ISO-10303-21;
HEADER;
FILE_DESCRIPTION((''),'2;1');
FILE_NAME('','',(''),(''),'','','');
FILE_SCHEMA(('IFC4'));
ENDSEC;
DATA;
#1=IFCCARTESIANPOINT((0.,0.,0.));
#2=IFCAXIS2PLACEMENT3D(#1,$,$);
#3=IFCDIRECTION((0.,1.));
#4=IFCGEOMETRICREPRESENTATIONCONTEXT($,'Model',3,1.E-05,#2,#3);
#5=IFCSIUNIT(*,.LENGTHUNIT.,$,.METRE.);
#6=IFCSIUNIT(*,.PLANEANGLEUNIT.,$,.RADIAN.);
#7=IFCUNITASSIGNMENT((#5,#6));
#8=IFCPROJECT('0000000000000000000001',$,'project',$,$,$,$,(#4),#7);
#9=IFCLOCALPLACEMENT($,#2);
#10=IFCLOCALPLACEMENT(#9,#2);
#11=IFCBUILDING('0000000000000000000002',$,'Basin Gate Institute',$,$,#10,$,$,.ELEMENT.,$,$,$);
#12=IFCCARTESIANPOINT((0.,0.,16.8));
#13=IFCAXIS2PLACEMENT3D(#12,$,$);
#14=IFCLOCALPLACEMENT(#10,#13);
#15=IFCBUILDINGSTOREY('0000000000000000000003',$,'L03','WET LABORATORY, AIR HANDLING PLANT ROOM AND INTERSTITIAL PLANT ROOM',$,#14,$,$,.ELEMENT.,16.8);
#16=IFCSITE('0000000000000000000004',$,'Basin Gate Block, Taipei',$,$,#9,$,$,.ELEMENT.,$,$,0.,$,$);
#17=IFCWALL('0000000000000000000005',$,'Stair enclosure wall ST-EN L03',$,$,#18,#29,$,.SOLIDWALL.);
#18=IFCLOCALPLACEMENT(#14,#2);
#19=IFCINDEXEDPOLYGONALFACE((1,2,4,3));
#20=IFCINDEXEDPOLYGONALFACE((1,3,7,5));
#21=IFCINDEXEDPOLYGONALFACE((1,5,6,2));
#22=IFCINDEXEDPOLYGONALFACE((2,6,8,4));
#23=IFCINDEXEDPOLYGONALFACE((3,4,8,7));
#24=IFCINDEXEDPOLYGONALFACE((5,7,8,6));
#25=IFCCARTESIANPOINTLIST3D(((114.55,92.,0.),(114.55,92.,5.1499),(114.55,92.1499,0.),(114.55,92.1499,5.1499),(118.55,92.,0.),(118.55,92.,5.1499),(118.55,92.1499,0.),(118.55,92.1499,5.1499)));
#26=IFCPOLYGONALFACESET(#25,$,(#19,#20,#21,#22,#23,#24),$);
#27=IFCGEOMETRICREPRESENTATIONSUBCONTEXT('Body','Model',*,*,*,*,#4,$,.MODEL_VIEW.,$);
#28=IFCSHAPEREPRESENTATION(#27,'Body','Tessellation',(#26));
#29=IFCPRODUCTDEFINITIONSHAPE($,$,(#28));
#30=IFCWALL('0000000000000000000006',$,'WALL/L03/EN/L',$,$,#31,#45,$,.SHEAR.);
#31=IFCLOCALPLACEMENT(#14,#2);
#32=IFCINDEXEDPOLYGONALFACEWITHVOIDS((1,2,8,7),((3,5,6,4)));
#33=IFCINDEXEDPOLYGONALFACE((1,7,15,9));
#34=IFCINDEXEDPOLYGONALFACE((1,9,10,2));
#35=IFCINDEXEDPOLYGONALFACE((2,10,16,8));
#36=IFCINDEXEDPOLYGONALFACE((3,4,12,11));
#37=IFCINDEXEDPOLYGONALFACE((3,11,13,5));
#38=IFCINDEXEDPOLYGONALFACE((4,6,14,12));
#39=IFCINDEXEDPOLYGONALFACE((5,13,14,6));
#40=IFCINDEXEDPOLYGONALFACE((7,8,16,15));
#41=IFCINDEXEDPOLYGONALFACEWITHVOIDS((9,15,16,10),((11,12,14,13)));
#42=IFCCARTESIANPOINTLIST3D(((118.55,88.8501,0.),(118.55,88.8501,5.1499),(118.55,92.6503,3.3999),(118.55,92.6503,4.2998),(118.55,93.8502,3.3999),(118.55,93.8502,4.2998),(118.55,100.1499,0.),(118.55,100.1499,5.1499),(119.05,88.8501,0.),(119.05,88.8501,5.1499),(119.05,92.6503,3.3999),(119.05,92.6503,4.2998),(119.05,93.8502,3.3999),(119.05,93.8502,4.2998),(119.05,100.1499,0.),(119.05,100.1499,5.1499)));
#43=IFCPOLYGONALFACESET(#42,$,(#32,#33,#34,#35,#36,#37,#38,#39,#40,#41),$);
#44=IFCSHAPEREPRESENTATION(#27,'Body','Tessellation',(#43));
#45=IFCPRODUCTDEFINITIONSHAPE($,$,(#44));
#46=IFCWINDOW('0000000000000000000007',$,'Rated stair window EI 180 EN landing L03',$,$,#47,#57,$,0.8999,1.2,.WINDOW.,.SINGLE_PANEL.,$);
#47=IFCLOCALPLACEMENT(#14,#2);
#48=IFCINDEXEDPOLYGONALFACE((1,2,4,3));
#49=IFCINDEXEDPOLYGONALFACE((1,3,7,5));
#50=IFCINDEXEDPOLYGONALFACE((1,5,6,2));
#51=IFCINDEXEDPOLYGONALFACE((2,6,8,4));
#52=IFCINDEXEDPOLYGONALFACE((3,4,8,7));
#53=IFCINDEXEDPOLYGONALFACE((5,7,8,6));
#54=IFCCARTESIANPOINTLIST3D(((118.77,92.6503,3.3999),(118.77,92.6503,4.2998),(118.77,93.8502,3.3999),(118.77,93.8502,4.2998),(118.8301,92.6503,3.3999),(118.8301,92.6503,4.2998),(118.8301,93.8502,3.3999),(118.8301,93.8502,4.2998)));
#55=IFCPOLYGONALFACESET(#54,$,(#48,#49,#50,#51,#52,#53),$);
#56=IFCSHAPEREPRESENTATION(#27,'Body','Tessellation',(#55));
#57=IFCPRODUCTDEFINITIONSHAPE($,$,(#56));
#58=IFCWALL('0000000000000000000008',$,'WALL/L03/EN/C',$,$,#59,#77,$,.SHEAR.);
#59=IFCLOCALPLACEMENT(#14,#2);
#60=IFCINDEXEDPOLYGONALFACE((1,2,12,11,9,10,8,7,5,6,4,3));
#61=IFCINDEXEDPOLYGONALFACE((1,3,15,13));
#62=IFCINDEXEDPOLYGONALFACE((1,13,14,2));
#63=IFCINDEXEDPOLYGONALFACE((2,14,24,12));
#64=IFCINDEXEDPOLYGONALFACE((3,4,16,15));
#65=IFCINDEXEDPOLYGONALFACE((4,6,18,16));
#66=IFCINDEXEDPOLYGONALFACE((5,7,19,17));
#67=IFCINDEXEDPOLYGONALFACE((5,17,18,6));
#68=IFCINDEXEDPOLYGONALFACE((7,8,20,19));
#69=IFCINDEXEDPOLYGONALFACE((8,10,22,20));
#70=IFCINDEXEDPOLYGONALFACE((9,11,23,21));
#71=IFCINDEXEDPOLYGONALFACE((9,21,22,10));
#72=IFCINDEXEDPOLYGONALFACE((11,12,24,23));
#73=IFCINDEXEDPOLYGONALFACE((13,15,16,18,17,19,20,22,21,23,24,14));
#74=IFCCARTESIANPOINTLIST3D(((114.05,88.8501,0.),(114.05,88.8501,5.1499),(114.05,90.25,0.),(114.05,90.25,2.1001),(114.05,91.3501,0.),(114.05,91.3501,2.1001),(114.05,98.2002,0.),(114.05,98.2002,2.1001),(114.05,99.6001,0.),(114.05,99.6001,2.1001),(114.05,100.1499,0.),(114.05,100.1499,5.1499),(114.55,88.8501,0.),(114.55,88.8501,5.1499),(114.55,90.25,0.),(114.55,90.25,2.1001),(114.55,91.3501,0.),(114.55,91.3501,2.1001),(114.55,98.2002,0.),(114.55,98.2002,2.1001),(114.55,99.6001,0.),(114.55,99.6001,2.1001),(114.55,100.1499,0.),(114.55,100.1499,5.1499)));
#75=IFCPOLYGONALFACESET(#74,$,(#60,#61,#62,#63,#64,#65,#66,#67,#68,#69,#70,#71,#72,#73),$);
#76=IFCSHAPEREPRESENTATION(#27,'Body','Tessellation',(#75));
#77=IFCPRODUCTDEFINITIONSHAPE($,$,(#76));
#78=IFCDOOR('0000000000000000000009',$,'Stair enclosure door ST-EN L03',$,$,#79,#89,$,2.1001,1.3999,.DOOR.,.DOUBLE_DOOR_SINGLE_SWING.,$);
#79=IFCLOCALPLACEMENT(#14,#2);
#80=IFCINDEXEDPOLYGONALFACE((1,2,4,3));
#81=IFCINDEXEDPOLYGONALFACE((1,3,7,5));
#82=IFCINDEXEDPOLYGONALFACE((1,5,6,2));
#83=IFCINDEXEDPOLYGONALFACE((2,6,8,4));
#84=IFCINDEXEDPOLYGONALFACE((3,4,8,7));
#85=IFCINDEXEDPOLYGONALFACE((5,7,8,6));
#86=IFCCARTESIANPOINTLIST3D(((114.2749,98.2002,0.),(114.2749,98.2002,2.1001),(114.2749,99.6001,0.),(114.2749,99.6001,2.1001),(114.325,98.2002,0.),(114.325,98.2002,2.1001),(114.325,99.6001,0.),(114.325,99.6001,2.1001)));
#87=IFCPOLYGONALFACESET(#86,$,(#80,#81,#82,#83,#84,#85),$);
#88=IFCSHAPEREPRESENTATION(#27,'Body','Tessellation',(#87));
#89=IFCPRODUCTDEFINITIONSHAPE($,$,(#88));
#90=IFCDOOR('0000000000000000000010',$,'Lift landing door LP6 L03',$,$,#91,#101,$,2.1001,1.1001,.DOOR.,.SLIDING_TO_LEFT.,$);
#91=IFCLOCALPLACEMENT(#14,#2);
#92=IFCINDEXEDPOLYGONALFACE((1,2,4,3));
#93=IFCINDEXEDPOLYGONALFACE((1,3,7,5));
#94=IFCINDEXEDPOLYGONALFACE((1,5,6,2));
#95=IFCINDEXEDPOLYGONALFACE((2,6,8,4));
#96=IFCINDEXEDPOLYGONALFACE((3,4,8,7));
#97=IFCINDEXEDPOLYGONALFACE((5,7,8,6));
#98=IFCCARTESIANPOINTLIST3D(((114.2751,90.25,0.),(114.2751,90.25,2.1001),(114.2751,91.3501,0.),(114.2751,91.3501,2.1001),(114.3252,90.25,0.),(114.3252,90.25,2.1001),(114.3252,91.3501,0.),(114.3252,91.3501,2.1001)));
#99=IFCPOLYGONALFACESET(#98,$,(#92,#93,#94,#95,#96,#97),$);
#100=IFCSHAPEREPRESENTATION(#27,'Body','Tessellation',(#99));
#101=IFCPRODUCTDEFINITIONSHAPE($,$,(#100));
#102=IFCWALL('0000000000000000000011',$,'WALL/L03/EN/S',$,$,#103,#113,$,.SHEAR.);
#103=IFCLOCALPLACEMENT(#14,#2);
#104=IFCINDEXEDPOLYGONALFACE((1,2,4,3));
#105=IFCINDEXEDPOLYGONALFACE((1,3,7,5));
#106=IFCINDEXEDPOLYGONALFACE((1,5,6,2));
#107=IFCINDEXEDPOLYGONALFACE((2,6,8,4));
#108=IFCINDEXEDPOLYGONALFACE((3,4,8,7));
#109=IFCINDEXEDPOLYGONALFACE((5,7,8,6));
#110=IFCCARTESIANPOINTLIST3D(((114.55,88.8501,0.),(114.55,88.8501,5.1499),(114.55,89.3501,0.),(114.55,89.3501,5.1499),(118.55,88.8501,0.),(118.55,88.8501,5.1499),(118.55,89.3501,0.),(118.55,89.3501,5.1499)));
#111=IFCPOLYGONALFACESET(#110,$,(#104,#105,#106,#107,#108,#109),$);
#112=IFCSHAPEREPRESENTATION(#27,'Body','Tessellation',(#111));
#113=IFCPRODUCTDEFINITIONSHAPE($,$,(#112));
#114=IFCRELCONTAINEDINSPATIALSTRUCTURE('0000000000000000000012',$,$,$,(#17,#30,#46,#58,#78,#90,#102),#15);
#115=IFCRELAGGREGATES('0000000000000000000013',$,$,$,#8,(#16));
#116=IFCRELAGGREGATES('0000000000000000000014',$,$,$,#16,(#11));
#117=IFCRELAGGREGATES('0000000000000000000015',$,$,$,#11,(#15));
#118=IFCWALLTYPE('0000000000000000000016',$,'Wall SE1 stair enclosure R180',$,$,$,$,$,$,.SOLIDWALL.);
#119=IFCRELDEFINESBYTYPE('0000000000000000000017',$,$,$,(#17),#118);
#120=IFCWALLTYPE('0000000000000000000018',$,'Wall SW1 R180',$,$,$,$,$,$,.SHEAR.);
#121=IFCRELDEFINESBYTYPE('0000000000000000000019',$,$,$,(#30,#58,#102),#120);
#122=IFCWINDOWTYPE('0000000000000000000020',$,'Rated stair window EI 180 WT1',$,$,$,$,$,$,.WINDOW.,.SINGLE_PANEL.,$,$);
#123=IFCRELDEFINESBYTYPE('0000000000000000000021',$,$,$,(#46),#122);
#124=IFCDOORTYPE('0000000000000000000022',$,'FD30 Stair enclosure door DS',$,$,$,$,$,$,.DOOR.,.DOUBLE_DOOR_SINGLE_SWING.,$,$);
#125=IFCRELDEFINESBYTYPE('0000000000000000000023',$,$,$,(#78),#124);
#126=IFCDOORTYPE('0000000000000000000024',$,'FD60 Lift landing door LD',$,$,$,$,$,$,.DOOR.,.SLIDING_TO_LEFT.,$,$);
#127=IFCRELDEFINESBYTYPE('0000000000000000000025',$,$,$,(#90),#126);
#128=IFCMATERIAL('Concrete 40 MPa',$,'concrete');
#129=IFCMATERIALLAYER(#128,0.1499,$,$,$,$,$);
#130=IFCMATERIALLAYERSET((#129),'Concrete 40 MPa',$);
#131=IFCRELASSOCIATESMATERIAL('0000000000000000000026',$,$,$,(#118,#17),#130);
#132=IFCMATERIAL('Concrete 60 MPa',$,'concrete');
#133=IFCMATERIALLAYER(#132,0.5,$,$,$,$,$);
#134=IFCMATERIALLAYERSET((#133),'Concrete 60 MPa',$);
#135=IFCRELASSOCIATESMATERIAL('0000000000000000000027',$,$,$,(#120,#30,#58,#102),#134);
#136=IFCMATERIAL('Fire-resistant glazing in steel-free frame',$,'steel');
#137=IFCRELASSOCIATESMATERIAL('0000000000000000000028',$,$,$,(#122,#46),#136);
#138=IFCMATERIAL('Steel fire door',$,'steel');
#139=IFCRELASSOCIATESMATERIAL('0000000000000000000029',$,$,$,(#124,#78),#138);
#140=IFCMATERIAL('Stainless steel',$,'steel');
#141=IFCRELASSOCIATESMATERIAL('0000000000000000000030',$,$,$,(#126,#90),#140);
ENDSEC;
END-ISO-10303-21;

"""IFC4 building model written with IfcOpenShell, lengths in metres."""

from ifc_helpers import new_model, si_unit, direction, frame, frame_2d, origin, place, context, subcontext, project, spatial, rectangle, extrude, material, layer, layer_set, type_object, element, fill, save


model = new_model("IFC4")

# Units and contexts
model_context = context("Model", 3, precision=1e-05, world=origin(), true_north=direction((0.0, 1.0)))
body_context = subcontext(model_context, "Body", "Model", "MODEL_VIEW")
ifc_project = project(units=[si_unit("LENGTHUNIT", "METRE"), si_unit("PLANEANGLEUNIT", "RADIAN")], contexts=[model_context])

# Site, building, storey
site_placement = place(None, origin())
site = spatial("IfcSite", under=ifc_project, at=site_placement, Name="Basin Gate Block, Taipei", CompositionType="ELEMENT", RefElevation=0.0)
building_placement = place(site_placement, origin())
building = spatial("IfcBuilding", under=site, at=building_placement, Name="Basin Gate Institute", CompositionType="ELEMENT")
storey_placement = place(building_placement, frame((0.0, 0.0, 16.8)))
storey = spatial("IfcBuildingStorey", under=building, at=storey_placement, Name="L03", Description="WET LABORATORY, AIR HANDLING PLANT ROOM AND INTERSTITIAL PLANT ROOM", CompositionType="ELEMENT", Elevation=16.8)

# Wall
ifc_material_1 = material(Name="Concrete 40 MPa", Category="concrete")
ifc_layer_1 = layer(ifc_material_1, 0.1499)
ifc_layer_set_1 = layer_set([ifc_layer_1], Name="Concrete 40 MPa")
wall_type_1 = type_object("IfcWallType", Name="Wall SE1 stair enclosure R180", PredefinedType="SOLIDWALL", material=ifc_layer_set_1)
wall_1_placement = place(storey_placement, frame((118.55, 92.075, 0.0), z_axis=(0.0, 0.0, 1.0), x_axis=(-1.0, 0.0, 0.0)))
element("IfcWall", 1, at=wall_1_placement, inside=storey, type_object=wall_type_1, material=ifc_layer_set_1, Name="Stair enclosure wall ST-EN L03", PredefinedType="SOLIDWALL", context=body_context, shape_type="SweptSolid", body=[
    extrude(rectangle(XDim=4.0, YDim=0.1499, at=frame_2d((2.0, 0.0))), origin(), (0.0, 0.0, 1.0), 5.1499),
])

# Wall, opening, window
ifc_material_2 = material(Name="Concrete 60 MPa", Category="concrete")
ifc_layer_2 = layer(ifc_material_2, 0.5)
ifc_layer_set_2 = layer_set([ifc_layer_2], Name="Concrete 60 MPa")
wall_type_2 = type_object("IfcWallType", Name="Wall SW1 R180", PredefinedType="SHEAR", material=ifc_layer_set_2)
wall_2_placement = place(storey_placement, frame((118.8, 88.8501, 0.0), z_axis=(0.0, 0.0, 1.0), x_axis=(0.0, 1.0, 0.0)))
wall_2 = element("IfcWall", 2, at=wall_2_placement, inside=storey, type_object=wall_type_2, material=ifc_layer_set_2, Name="WALL/L03/EN/L", PredefinedType="SHEAR", context=body_context, shape_type="SweptSolid", body=[
    extrude(rectangle(XDim=11.2998, YDim=0.5, at=frame_2d((5.6499, 0.0))), origin(), (0.0, 0.0, 1.0), 5.1499),
])
opening_1_placement = place(wall_2_placement, frame((3.8, 0.0, 3.3999)))
opening_1 = element("IfcOpeningElement", 3, at=opening_1_placement, cuts=wall_2, PredefinedType="OPENING", context=body_context, shape_type="SweptSolid", body=[
    extrude(rectangle(XDim=1.2, YDim=0.8999, at=frame_2d((0.6001, 0.45))), frame((0.0, 0.26, 0.0), z_axis=(0.0, -1.0, 0.0), x_axis=(1.0, 0.0, 0.0)), (0.0, 0.0, 1.0), 0.52),
])
ifc_material_3 = material(Name="Fire-resistant glazing in steel-free frame", Category="steel")
window_type = type_object("IfcWindowType", Name="Rated stair window EI 180 WT1", PartitioningType="SINGLE_PANEL", PredefinedType="WINDOW", material=ifc_material_3)
window_placement = place(opening_1_placement, origin())
window = element("IfcWindow", 4, at=window_placement, inside=storey, type_object=window_type, material=ifc_material_3, Name="Rated stair window EI 180 EN landing L03", OverallHeight=0.8999, OverallWidth=1.2, PartitioningType="SINGLE_PANEL", PredefinedType="WINDOW", context=body_context, shape_type="SweptSolid", body=[
    extrude(rectangle(XDim=1.2, YDim=0.8999, at=frame_2d((0.6001, 0.45))), frame((0.0, 0.03, 0.0), z_axis=(0.0, -1.0, 0.0), x_axis=(1.0, 0.0, 0.0)), (0.0, 0.0, 1.0), 0.0601),
])
fill(opening_1, window)

# Wall, openings, doors
wall_3_placement = place(storey_placement, frame((114.3, 88.8501, 0.0), z_axis=(0.0, 0.0, 1.0), x_axis=(0.0, 1.0, 0.0)))
wall_3 = element("IfcWall", 5, at=wall_3_placement, inside=storey, type_object=wall_type_2, material=ifc_layer_set_2, Name="WALL/L03/EN/C", PredefinedType="SHEAR", context=body_context, shape_type="SweptSolid", body=[
    extrude(rectangle(XDim=11.2998, YDim=0.5, at=frame_2d((5.6499, 0.0))), origin(), (0.0, 0.0, 1.0), 5.1499),
])
opening_2_placement = place(wall_3_placement, frame((9.3501, 0.0, 0.0)))
opening_2 = element("IfcOpeningElement", 6, at=opening_2_placement, cuts=wall_3, PredefinedType="OPENING", context=body_context, shape_type="SweptSolid", body=[
    extrude(rectangle(XDim=1.3999, YDim=2.1001, at=frame_2d((0.7, 1.05))), frame((0.0, 0.26, 0.0), z_axis=(0.0, -1.0, 0.0), x_axis=(1.0, 0.0, 0.0)), (0.0, 0.0, 1.0), 0.52),
])
opening_3_placement = place(wall_3_placement, frame((1.3999, 0.0, 0.0)))
opening_3 = element("IfcOpeningElement", 7, at=opening_3_placement, cuts=wall_3, PredefinedType="OPENING", context=body_context, shape_type="SweptSolid", body=[
    extrude(rectangle(XDim=1.1001, YDim=2.1001, at=frame_2d((0.55, 1.05))), frame((0.0, 0.26, 0.0), z_axis=(0.0, -1.0, 0.0), x_axis=(1.0, 0.0, 0.0)), (0.0, 0.0, 1.0), 0.52),
])
ifc_material_4 = material(Name="Steel fire door", Category="steel")
door_type_1 = type_object("IfcDoorType", Name="FD30 Stair enclosure door DS", OperationType="DOUBLE_DOOR_SINGLE_SWING", PredefinedType="DOOR", material=ifc_material_4)
door_1_placement = place(opening_2_placement, frame((1.3999, 0.0, 0.0), z_axis=(0.0, 0.0, 1.0), x_axis=(-1.0, 0.0, 0.0)))
door_1 = element("IfcDoor", 8, at=door_1_placement, inside=storey, type_object=door_type_1, material=ifc_material_4, Name="Stair enclosure door ST-EN L03", OperationType="DOUBLE_DOOR_SINGLE_SWING", OverallHeight=2.1001, OverallWidth=1.3999, PredefinedType="DOOR", context=body_context, shape_type="SweptSolid", body=[
    extrude(rectangle(XDim=1.3999, YDim=2.1001, at=frame_2d((0.7, 1.05))), frame((0.0, 0.0249, 0.0), z_axis=(0.0, -1.0, 0.0), x_axis=(1.0, 0.0, 0.0)), (0.0, 0.0, 1.0), 0.05),
])
fill(opening_2, door_1)
ifc_material_5 = material(Name="Stainless steel", Category="steel")
door_type_2 = type_object("IfcDoorType", Name="FD60 Lift landing door LD", OperationType="SLIDING_TO_LEFT", PredefinedType="DOOR", material=ifc_material_5)
door_2_placement = place(opening_3_placement, origin())
door_2 = element("IfcDoor", 9, at=door_2_placement, inside=storey, type_object=door_type_2, material=ifc_material_5, Name="Lift landing door LP6 L03", OperationType="SLIDING_TO_LEFT", OverallHeight=2.1001, OverallWidth=1.1001, PredefinedType="DOOR", context=body_context, shape_type="SweptSolid", body=[
    extrude(rectangle(XDim=1.1001, YDim=2.1001, at=frame_2d((0.55, 1.05))), frame((0.0, 0.0249, 0.0), z_axis=(0.0, -1.0, 0.0), x_axis=(1.0, 0.0, 0.0)), (0.0, 0.0, 1.0), 0.05),
])
fill(opening_3, door_2)

# Wall
wall_4_placement = place(storey_placement, frame((118.55, 89.1001, 0.0), z_axis=(0.0, 0.0, 1.0), x_axis=(-1.0, 0.0, 0.0)))
element("IfcWall", 10, at=wall_4_placement, inside=storey, type_object=wall_type_2, material=ifc_layer_set_2, Name="WALL/L03/EN/S", PredefinedType="SHEAR", context=body_context, shape_type="SweptSolid", body=[
    extrude(rectangle(XDim=4.0, YDim=0.5, at=frame_2d((2.0, 0.0))), origin(), (0.0, 0.0, 1.0), 5.1499),
])

save(model, "model.ifc")
